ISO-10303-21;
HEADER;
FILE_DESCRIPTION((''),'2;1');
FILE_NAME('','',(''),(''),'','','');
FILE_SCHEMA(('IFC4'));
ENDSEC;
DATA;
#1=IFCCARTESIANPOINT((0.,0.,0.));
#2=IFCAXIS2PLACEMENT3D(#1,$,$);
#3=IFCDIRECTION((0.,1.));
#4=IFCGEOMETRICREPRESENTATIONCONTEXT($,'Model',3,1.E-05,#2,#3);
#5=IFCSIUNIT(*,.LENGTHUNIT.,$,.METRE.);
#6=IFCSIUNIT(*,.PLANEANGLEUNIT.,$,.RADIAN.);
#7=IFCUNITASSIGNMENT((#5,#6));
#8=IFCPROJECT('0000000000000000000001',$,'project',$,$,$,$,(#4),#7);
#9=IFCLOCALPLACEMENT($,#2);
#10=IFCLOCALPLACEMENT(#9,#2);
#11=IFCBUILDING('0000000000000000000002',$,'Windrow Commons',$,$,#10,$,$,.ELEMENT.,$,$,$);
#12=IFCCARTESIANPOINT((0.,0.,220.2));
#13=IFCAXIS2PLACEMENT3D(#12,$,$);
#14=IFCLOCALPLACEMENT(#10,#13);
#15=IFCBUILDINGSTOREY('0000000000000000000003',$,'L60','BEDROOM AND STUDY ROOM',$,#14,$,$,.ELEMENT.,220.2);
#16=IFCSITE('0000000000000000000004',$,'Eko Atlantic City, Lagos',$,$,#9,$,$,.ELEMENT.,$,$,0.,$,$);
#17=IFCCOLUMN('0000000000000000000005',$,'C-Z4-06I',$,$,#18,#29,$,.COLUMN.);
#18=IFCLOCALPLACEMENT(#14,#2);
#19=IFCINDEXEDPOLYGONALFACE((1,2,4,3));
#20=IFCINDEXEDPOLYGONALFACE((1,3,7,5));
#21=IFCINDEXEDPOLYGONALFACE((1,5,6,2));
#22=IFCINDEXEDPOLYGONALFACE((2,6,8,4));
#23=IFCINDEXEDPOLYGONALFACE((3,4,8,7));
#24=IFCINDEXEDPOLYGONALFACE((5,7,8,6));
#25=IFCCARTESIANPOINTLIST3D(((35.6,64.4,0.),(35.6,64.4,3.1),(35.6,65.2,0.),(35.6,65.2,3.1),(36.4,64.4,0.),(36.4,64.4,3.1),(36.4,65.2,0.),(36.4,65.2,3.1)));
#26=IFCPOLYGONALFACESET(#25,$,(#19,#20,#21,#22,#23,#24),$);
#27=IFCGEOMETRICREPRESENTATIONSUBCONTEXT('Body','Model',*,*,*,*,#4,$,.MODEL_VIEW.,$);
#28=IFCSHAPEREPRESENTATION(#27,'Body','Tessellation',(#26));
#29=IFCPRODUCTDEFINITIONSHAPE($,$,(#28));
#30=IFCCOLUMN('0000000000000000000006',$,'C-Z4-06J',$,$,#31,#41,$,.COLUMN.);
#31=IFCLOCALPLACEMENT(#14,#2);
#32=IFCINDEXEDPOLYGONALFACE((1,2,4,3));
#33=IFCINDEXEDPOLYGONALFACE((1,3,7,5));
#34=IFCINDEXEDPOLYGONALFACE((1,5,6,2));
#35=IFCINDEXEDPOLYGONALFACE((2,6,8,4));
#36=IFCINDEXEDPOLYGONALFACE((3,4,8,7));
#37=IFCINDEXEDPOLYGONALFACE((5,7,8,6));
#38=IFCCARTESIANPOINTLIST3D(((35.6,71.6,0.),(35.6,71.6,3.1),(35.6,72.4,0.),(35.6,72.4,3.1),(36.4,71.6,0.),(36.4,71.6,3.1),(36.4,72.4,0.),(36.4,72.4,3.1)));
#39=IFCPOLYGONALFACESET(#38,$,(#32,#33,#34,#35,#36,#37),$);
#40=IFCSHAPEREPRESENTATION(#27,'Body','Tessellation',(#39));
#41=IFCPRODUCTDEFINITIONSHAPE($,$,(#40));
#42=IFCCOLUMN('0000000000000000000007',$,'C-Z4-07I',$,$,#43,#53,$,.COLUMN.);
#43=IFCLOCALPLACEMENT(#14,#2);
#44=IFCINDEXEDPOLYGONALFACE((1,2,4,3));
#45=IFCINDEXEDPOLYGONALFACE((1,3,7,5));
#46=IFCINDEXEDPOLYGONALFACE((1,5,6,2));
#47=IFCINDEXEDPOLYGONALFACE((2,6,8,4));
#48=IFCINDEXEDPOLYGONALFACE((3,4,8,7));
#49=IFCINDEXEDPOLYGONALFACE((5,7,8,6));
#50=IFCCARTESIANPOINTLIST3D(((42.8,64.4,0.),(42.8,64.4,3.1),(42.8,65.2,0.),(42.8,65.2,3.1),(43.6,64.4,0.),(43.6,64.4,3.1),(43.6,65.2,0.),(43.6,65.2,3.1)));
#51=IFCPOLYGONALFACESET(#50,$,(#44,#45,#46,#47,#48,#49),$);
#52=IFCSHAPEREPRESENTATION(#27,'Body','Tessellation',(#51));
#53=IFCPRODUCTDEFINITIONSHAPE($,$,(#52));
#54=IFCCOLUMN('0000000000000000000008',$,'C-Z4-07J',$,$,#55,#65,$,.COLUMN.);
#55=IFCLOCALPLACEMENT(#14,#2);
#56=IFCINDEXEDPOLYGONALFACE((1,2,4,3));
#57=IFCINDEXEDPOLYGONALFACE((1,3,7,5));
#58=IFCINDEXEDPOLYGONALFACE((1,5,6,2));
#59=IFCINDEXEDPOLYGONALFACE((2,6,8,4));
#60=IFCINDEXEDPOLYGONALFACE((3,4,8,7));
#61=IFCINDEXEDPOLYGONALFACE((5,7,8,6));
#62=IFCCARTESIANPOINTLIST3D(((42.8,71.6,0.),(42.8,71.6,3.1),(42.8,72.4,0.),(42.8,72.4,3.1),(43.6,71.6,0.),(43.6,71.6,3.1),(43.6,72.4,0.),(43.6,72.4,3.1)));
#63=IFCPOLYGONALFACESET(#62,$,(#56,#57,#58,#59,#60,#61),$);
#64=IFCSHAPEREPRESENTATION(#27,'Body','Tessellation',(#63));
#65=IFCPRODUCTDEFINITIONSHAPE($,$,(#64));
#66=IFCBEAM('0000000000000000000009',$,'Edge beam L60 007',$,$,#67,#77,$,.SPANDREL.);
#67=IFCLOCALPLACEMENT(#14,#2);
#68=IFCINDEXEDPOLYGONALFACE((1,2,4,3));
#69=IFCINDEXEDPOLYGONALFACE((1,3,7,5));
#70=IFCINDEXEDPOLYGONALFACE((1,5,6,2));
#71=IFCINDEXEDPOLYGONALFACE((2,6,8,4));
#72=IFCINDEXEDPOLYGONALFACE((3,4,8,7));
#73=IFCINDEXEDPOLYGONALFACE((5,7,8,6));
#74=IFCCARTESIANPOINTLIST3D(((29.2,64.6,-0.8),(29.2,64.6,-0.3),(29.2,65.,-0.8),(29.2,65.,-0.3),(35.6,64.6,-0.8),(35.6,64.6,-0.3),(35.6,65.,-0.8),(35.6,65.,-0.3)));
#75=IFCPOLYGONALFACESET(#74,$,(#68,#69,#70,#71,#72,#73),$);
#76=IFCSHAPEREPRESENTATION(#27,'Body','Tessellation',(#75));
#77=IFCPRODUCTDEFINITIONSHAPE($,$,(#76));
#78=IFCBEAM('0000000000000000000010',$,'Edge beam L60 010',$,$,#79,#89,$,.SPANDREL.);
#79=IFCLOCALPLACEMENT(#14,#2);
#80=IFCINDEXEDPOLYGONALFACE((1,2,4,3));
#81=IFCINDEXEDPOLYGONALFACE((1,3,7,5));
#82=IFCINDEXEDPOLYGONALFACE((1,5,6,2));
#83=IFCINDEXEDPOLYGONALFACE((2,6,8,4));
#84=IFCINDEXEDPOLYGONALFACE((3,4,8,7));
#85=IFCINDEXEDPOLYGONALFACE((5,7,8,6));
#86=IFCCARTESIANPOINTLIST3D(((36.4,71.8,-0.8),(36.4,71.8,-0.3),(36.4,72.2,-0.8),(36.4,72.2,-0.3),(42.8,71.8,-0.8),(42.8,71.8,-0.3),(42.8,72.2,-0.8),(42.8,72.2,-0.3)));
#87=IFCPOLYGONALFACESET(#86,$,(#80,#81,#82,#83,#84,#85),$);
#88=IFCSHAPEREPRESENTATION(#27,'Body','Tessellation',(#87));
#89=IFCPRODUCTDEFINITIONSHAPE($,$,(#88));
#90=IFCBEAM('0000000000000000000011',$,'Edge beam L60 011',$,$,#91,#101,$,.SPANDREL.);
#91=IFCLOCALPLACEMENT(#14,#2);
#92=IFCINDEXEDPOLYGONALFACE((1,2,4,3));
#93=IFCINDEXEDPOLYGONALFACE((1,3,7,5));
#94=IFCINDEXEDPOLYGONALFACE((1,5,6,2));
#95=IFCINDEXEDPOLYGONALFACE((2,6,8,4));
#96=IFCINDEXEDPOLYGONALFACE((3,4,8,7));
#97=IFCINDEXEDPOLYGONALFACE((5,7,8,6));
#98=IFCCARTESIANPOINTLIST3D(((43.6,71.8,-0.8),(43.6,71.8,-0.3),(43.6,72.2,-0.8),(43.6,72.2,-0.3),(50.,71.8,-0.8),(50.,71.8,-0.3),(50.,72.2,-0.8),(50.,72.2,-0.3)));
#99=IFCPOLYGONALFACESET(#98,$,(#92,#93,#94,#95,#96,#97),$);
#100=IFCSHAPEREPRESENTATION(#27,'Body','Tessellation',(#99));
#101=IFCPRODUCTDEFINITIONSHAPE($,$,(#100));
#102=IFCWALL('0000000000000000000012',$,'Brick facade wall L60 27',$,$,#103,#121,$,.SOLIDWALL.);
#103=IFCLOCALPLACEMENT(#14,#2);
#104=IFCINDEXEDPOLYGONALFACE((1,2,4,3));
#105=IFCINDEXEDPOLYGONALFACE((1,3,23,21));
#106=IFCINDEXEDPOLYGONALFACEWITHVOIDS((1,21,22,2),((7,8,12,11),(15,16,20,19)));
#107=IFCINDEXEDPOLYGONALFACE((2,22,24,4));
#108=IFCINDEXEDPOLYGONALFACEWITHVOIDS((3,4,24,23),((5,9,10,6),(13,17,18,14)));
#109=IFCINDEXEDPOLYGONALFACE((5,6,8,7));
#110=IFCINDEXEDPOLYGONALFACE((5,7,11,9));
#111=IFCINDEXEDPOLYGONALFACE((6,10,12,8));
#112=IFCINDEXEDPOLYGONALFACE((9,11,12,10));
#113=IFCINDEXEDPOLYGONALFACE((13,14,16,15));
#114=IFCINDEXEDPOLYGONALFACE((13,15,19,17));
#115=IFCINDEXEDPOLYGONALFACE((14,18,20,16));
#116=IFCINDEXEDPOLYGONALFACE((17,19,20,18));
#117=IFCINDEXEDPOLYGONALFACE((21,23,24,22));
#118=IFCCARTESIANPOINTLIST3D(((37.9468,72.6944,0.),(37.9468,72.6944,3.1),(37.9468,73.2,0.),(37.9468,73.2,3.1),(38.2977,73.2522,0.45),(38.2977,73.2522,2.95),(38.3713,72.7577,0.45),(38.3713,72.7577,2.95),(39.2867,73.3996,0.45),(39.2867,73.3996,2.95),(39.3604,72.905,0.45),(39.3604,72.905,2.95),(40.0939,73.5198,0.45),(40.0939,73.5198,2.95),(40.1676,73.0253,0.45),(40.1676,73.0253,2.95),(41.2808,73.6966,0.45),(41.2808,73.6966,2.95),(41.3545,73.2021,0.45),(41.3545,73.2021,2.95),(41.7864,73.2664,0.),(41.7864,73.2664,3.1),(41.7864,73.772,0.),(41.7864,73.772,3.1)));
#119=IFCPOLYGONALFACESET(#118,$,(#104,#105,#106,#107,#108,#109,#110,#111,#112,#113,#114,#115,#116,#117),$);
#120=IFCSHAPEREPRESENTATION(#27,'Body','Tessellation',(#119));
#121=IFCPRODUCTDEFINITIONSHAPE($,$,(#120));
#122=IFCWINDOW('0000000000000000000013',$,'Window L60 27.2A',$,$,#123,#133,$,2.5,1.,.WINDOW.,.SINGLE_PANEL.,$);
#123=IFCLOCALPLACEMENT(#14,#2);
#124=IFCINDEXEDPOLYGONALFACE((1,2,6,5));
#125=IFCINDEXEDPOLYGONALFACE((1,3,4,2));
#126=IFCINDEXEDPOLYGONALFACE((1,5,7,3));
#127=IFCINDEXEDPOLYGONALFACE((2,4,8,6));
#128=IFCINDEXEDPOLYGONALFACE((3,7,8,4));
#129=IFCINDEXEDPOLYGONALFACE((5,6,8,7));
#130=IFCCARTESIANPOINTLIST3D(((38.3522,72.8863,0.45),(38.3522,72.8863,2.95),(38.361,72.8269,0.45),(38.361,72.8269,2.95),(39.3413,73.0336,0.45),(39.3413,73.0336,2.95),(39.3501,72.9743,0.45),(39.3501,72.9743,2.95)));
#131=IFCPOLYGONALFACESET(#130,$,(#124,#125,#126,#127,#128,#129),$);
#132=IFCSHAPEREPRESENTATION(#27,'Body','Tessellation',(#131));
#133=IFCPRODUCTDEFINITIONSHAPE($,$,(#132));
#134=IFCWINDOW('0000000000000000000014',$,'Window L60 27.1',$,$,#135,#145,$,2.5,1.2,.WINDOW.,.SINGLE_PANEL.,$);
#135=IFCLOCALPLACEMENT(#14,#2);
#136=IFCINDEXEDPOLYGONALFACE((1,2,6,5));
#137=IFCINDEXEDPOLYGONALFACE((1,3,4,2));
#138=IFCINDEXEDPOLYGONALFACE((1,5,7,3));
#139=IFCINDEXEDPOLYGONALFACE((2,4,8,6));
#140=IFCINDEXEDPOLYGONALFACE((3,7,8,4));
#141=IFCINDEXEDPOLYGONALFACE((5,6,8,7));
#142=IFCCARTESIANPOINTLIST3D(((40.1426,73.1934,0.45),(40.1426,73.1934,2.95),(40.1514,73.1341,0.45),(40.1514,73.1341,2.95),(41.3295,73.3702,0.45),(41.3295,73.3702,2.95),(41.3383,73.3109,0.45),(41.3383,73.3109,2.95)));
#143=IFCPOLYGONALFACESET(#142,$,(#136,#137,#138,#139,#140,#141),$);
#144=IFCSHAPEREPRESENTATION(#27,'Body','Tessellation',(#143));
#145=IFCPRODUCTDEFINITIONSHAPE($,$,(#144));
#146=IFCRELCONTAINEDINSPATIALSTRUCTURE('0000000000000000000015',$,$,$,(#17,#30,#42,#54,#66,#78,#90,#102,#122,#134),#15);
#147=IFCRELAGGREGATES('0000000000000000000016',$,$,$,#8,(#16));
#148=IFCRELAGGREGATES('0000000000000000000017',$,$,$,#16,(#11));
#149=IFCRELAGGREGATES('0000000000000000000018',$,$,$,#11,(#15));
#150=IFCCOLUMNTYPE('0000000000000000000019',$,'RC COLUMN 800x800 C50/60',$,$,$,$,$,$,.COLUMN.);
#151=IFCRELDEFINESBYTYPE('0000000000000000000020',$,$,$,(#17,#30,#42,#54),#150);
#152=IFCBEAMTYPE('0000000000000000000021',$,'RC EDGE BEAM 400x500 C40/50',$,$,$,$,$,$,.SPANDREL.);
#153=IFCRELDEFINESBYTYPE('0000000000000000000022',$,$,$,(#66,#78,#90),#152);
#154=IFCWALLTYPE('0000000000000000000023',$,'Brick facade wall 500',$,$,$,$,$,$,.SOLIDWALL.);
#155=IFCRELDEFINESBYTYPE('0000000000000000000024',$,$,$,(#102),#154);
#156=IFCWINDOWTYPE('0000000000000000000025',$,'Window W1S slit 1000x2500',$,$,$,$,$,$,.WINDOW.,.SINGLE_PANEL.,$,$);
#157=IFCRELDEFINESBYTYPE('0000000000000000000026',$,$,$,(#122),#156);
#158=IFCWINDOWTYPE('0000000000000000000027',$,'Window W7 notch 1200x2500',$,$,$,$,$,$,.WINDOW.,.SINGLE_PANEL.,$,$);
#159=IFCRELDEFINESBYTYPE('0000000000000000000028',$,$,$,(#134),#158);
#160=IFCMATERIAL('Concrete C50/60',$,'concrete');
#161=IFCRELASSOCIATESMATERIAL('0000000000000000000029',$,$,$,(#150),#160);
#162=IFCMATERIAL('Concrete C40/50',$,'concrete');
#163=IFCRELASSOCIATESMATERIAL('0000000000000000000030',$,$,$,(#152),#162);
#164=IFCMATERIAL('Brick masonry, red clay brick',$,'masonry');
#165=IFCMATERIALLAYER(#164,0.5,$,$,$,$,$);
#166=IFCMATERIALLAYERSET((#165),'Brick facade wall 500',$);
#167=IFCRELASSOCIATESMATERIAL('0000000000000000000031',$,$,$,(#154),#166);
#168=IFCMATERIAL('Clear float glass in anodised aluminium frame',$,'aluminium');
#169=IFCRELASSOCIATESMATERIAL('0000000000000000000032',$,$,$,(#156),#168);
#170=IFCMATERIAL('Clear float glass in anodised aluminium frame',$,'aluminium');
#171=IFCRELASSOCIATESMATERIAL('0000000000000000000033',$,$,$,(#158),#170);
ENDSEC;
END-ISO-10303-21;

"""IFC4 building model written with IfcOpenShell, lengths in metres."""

from ifc_helpers import new_model, si_unit, direction, frame, frame_2d, origin, origin_2d, place, context, subcontext, project, spatial, polyline, rectangle, outline, extrude, material, layer, layer_set, material_profile, profile_set, type_object, element, fill, save


model = new_model("IFC4")

# Units and contexts
model_context = context("Model", 3, precision=1e-05, world=origin(), true_north=direction((0.0, 1.0)))
body_context = subcontext(model_context, "Body", "Model", "MODEL_VIEW")
ifc_project = project(units=[si_unit("LENGTHUNIT", "METRE"), si_unit("PLANEANGLEUNIT", "RADIAN")], contexts=[model_context])

# Site, building, storey
site_placement = place(None, origin())
site = spatial("IfcSite", under=ifc_project, at=site_placement, Name="Eko Atlantic City, Lagos", CompositionType="ELEMENT", RefElevation=0.0)
building_placement = place(site_placement, origin())
building = spatial("IfcBuilding", under=site, at=building_placement, Name="Windrow Commons", CompositionType="ELEMENT")
storey_placement = place(building_placement, frame((0.0, 0.0, 220.2)))
storey = spatial("IfcBuildingStorey", under=building, at=storey_placement, Name="L60", Description="BEDROOM AND STUDY ROOM", CompositionType="ELEMENT", Elevation=220.2)

# Columns
ifc_material_1 = material(Name="Concrete C50/60", Category="concrete")
ifc_material_profile_1 = material_profile(ifc_material_1, rectangle(XDim=0.8, YDim=0.8, at=origin_2d()))
ifc_profile_set_1 = profile_set([ifc_material_profile_1], Name="Concrete C50/60")
column_type = type_object("IfcColumnType", Name="RC COLUMN 800x800 C50/60", PredefinedType="COLUMN", material=ifc_profile_set_1)
for number, where, z_axis, x_axis, name in (
    (1, (36.0, 64.8, 0.0), (0.0, 0.0, 1.0), (1.0, 0.0, 0.0), "C-Z4-06I"),
    (2, (36.0, 72.0, 0.0), (0.0, 0.0, 1.0), (1.0, 0.0, 0.0), "C-Z4-06J"),
    (3, (43.2, 64.8, 0.0), (0.0, 0.0, 1.0), (1.0, 0.0, 0.0), "C-Z4-07I"),
    (4, (43.2, 72.0, 0.0), (0.0, 0.0, 1.0), (1.0, 0.0, 0.0), "C-Z4-07J"),
):
    element("IfcColumn", number, at=place(storey_placement, frame(where, z_axis=z_axis, x_axis=x_axis)), inside=storey, type_object=column_type, Name=name, PredefinedType="COLUMN", context=body_context, shape_type="SweptSolid", body=[
        extrude(rectangle(XDim=0.8, YDim=0.8, at=origin_2d()), origin(), (0.0, 0.0, 1.0), 3.1),
    ])

# Beams
ifc_material_2 = material(Name="Concrete C40/50", Category="concrete")
ifc_material_profile_2 = material_profile(ifc_material_2, rectangle(XDim=0.4, YDim=0.5, at=origin_2d()))
ifc_profile_set_2 = profile_set([ifc_material_profile_2], Name="Concrete C40/50")
beam_type = type_object("IfcBeamType", Name="RC EDGE BEAM 400x500 C40/50", PredefinedType="SPANDREL", material=ifc_profile_set_2)
for number, where, z_axis, x_axis, name in (
    (5, (35.6, 64.8, -0.55), (-1.0, 0.0, 0.0), (0.0, -1.0, 0.0), "Edge beam L60 007"),
    (6, (36.4, 72.0, -0.55), (1.0, 0.0, 0.0), (0.0, 1.0, 0.0), "Edge beam L60 010"),
    (7, (43.6, 72.0, -0.55), (1.0, 0.0, 0.0), (0.0, 1.0, 0.0), "Edge beam L60 011"),
):
    element("IfcBeam", number, at=place(storey_placement, frame(where, z_axis=z_axis, x_axis=x_axis)), inside=storey, type_object=beam_type, Name=name, PredefinedType="SPANDREL", context=body_context, shape_type="SweptSolid", body=[
        extrude(rectangle(XDim=0.4, YDim=0.5, at=origin_2d()), origin(), (0.0, 0.0, 1.0), 6.4),
    ])

# Wall, openings, windows
ifc_material_3 = material(Name="Brick masonry, red clay brick", Category="masonry")
ifc_layer_1 = layer(ifc_material_3, 0.5)
ifc_layer_set_1 = layer_set([ifc_layer_1], Name="Brick facade wall 500")
wall_type_1 = type_object("IfcWallType", Name="Brick facade wall 500", PredefinedType="SOLIDWALL", material=ifc_layer_set_1)
wall_1_placement = place(storey_placement, frame((41.7864, 73.5192, 0.0), z_axis=(0.0, 0.0, 1.0), x_axis=(-0.989085, -0.147348, 0.0)))
wall_1 = element("IfcWall", 8, at=wall_1_placement, inside=storey, type_object=wall_type_1, Name="Brick facade wall L60 27", PredefinedType="SOLIDWALL", context=body_context, shape_type="SweptSolid", body=[
    extrude(outline(polyline([(-0.0372, -0.25), (3.8447, -0.25), (3.9192, 0.25), (0.0372, 0.25), (-0.0372, -0.25)])), origin(), (0.0, 0.0, 1.0), 3.1),
])
opening_1_placement = place(wall_1_placement, frame((0.4739, 0.0, 0.45)))
opening_1 = element("IfcOpeningElement", 9, at=opening_1_placement, cuts=wall_1, PredefinedType="OPENING", context=body_context, shape_type="SweptSolid", body=[
    extrude(rectangle(XDim=1.2, YDim=2.5, at=frame_2d((0.6, 1.25))), frame((0.0, 0.26, 0.0), z_axis=(0.0, -1.0, 0.0), x_axis=(1.0, 0.0, 0.0)), (0.0, 0.0, 1.0), 0.52),
])
opening_2_placement = place(wall_1_placement, frame((2.49, 0.0, 0.45)))
opening_2 = element("IfcOpeningElement", 10, at=opening_2_placement, cuts=wall_1, PredefinedType="OPENING", context=body_context, shape_type="SweptSolid", body=[
    extrude(rectangle(XDim=1.0, YDim=2.5, at=frame_2d((0.5, 1.25))), frame((0.0, 0.26, 0.0), z_axis=(0.0, -1.0, 0.0), x_axis=(1.0, 0.0, 0.0)), (0.0, 0.0, 1.0), 0.52),
])
ifc_material_4 = material(Name="Clear float glass in anodised aluminium frame", Category="aluminium")
window_type_1 = type_object("IfcWindowType", Name="Window W1S slit 1000x2500", PartitioningType="SINGLE_PANEL", PredefinedType="WINDOW", material=ifc_material_4)
window_1_placement = place(opening_2_placement, origin())
window_1 = element("IfcWindow", 11, at=window_1_placement, inside=storey, type_object=window_type_1, Name="Window L60 27.2A", OverallHeight=2.5, OverallWidth=1.0, PartitioningType="SINGLE_PANEL", PredefinedType="WINDOW", context=body_context, shape_type="SweptSolid", body=[
    extrude(rectangle(XDim=1.0, YDim=2.5, at=frame_2d((0.5, 1.25))), frame((0.0, 0.18, 0.0), z_axis=(0.0, -1.0, 0.0), x_axis=(1.0, 0.0, 0.0)), (0.0, 0.0, 1.0), 0.06),
])
fill(opening_2, window_1)
ifc_material_5 = material(Name="Clear float glass in anodised aluminium frame", Category="aluminium")
window_type_2 = type_object("IfcWindowType", Name="Window W7 notch 1200x2500", PartitioningType="SINGLE_PANEL", PredefinedType="WINDOW", material=ifc_material_5)
window_2_placement = place(opening_1_placement, origin())
window_2 = element("IfcWindow", 12, at=window_2_placement, inside=storey, type_object=window_type_2, Name="Window L60 27.1", OverallHeight=2.5, OverallWidth=1.2, PartitioningType="SINGLE_PANEL", PredefinedType="WINDOW", context=body_context, shape_type="SweptSolid", body=[
    extrude(rectangle(XDim=1.2, YDim=2.5, at=frame_2d((0.6, 1.25))), frame((0.0, 0.14, 0.0), z_axis=(0.0, -1.0, 0.0), x_axis=(1.0, 0.0, 0.0)), (0.0, 0.0, 1.0), 0.06),
])
fill(opening_1, window_2)

save(model, "model.ifc")
